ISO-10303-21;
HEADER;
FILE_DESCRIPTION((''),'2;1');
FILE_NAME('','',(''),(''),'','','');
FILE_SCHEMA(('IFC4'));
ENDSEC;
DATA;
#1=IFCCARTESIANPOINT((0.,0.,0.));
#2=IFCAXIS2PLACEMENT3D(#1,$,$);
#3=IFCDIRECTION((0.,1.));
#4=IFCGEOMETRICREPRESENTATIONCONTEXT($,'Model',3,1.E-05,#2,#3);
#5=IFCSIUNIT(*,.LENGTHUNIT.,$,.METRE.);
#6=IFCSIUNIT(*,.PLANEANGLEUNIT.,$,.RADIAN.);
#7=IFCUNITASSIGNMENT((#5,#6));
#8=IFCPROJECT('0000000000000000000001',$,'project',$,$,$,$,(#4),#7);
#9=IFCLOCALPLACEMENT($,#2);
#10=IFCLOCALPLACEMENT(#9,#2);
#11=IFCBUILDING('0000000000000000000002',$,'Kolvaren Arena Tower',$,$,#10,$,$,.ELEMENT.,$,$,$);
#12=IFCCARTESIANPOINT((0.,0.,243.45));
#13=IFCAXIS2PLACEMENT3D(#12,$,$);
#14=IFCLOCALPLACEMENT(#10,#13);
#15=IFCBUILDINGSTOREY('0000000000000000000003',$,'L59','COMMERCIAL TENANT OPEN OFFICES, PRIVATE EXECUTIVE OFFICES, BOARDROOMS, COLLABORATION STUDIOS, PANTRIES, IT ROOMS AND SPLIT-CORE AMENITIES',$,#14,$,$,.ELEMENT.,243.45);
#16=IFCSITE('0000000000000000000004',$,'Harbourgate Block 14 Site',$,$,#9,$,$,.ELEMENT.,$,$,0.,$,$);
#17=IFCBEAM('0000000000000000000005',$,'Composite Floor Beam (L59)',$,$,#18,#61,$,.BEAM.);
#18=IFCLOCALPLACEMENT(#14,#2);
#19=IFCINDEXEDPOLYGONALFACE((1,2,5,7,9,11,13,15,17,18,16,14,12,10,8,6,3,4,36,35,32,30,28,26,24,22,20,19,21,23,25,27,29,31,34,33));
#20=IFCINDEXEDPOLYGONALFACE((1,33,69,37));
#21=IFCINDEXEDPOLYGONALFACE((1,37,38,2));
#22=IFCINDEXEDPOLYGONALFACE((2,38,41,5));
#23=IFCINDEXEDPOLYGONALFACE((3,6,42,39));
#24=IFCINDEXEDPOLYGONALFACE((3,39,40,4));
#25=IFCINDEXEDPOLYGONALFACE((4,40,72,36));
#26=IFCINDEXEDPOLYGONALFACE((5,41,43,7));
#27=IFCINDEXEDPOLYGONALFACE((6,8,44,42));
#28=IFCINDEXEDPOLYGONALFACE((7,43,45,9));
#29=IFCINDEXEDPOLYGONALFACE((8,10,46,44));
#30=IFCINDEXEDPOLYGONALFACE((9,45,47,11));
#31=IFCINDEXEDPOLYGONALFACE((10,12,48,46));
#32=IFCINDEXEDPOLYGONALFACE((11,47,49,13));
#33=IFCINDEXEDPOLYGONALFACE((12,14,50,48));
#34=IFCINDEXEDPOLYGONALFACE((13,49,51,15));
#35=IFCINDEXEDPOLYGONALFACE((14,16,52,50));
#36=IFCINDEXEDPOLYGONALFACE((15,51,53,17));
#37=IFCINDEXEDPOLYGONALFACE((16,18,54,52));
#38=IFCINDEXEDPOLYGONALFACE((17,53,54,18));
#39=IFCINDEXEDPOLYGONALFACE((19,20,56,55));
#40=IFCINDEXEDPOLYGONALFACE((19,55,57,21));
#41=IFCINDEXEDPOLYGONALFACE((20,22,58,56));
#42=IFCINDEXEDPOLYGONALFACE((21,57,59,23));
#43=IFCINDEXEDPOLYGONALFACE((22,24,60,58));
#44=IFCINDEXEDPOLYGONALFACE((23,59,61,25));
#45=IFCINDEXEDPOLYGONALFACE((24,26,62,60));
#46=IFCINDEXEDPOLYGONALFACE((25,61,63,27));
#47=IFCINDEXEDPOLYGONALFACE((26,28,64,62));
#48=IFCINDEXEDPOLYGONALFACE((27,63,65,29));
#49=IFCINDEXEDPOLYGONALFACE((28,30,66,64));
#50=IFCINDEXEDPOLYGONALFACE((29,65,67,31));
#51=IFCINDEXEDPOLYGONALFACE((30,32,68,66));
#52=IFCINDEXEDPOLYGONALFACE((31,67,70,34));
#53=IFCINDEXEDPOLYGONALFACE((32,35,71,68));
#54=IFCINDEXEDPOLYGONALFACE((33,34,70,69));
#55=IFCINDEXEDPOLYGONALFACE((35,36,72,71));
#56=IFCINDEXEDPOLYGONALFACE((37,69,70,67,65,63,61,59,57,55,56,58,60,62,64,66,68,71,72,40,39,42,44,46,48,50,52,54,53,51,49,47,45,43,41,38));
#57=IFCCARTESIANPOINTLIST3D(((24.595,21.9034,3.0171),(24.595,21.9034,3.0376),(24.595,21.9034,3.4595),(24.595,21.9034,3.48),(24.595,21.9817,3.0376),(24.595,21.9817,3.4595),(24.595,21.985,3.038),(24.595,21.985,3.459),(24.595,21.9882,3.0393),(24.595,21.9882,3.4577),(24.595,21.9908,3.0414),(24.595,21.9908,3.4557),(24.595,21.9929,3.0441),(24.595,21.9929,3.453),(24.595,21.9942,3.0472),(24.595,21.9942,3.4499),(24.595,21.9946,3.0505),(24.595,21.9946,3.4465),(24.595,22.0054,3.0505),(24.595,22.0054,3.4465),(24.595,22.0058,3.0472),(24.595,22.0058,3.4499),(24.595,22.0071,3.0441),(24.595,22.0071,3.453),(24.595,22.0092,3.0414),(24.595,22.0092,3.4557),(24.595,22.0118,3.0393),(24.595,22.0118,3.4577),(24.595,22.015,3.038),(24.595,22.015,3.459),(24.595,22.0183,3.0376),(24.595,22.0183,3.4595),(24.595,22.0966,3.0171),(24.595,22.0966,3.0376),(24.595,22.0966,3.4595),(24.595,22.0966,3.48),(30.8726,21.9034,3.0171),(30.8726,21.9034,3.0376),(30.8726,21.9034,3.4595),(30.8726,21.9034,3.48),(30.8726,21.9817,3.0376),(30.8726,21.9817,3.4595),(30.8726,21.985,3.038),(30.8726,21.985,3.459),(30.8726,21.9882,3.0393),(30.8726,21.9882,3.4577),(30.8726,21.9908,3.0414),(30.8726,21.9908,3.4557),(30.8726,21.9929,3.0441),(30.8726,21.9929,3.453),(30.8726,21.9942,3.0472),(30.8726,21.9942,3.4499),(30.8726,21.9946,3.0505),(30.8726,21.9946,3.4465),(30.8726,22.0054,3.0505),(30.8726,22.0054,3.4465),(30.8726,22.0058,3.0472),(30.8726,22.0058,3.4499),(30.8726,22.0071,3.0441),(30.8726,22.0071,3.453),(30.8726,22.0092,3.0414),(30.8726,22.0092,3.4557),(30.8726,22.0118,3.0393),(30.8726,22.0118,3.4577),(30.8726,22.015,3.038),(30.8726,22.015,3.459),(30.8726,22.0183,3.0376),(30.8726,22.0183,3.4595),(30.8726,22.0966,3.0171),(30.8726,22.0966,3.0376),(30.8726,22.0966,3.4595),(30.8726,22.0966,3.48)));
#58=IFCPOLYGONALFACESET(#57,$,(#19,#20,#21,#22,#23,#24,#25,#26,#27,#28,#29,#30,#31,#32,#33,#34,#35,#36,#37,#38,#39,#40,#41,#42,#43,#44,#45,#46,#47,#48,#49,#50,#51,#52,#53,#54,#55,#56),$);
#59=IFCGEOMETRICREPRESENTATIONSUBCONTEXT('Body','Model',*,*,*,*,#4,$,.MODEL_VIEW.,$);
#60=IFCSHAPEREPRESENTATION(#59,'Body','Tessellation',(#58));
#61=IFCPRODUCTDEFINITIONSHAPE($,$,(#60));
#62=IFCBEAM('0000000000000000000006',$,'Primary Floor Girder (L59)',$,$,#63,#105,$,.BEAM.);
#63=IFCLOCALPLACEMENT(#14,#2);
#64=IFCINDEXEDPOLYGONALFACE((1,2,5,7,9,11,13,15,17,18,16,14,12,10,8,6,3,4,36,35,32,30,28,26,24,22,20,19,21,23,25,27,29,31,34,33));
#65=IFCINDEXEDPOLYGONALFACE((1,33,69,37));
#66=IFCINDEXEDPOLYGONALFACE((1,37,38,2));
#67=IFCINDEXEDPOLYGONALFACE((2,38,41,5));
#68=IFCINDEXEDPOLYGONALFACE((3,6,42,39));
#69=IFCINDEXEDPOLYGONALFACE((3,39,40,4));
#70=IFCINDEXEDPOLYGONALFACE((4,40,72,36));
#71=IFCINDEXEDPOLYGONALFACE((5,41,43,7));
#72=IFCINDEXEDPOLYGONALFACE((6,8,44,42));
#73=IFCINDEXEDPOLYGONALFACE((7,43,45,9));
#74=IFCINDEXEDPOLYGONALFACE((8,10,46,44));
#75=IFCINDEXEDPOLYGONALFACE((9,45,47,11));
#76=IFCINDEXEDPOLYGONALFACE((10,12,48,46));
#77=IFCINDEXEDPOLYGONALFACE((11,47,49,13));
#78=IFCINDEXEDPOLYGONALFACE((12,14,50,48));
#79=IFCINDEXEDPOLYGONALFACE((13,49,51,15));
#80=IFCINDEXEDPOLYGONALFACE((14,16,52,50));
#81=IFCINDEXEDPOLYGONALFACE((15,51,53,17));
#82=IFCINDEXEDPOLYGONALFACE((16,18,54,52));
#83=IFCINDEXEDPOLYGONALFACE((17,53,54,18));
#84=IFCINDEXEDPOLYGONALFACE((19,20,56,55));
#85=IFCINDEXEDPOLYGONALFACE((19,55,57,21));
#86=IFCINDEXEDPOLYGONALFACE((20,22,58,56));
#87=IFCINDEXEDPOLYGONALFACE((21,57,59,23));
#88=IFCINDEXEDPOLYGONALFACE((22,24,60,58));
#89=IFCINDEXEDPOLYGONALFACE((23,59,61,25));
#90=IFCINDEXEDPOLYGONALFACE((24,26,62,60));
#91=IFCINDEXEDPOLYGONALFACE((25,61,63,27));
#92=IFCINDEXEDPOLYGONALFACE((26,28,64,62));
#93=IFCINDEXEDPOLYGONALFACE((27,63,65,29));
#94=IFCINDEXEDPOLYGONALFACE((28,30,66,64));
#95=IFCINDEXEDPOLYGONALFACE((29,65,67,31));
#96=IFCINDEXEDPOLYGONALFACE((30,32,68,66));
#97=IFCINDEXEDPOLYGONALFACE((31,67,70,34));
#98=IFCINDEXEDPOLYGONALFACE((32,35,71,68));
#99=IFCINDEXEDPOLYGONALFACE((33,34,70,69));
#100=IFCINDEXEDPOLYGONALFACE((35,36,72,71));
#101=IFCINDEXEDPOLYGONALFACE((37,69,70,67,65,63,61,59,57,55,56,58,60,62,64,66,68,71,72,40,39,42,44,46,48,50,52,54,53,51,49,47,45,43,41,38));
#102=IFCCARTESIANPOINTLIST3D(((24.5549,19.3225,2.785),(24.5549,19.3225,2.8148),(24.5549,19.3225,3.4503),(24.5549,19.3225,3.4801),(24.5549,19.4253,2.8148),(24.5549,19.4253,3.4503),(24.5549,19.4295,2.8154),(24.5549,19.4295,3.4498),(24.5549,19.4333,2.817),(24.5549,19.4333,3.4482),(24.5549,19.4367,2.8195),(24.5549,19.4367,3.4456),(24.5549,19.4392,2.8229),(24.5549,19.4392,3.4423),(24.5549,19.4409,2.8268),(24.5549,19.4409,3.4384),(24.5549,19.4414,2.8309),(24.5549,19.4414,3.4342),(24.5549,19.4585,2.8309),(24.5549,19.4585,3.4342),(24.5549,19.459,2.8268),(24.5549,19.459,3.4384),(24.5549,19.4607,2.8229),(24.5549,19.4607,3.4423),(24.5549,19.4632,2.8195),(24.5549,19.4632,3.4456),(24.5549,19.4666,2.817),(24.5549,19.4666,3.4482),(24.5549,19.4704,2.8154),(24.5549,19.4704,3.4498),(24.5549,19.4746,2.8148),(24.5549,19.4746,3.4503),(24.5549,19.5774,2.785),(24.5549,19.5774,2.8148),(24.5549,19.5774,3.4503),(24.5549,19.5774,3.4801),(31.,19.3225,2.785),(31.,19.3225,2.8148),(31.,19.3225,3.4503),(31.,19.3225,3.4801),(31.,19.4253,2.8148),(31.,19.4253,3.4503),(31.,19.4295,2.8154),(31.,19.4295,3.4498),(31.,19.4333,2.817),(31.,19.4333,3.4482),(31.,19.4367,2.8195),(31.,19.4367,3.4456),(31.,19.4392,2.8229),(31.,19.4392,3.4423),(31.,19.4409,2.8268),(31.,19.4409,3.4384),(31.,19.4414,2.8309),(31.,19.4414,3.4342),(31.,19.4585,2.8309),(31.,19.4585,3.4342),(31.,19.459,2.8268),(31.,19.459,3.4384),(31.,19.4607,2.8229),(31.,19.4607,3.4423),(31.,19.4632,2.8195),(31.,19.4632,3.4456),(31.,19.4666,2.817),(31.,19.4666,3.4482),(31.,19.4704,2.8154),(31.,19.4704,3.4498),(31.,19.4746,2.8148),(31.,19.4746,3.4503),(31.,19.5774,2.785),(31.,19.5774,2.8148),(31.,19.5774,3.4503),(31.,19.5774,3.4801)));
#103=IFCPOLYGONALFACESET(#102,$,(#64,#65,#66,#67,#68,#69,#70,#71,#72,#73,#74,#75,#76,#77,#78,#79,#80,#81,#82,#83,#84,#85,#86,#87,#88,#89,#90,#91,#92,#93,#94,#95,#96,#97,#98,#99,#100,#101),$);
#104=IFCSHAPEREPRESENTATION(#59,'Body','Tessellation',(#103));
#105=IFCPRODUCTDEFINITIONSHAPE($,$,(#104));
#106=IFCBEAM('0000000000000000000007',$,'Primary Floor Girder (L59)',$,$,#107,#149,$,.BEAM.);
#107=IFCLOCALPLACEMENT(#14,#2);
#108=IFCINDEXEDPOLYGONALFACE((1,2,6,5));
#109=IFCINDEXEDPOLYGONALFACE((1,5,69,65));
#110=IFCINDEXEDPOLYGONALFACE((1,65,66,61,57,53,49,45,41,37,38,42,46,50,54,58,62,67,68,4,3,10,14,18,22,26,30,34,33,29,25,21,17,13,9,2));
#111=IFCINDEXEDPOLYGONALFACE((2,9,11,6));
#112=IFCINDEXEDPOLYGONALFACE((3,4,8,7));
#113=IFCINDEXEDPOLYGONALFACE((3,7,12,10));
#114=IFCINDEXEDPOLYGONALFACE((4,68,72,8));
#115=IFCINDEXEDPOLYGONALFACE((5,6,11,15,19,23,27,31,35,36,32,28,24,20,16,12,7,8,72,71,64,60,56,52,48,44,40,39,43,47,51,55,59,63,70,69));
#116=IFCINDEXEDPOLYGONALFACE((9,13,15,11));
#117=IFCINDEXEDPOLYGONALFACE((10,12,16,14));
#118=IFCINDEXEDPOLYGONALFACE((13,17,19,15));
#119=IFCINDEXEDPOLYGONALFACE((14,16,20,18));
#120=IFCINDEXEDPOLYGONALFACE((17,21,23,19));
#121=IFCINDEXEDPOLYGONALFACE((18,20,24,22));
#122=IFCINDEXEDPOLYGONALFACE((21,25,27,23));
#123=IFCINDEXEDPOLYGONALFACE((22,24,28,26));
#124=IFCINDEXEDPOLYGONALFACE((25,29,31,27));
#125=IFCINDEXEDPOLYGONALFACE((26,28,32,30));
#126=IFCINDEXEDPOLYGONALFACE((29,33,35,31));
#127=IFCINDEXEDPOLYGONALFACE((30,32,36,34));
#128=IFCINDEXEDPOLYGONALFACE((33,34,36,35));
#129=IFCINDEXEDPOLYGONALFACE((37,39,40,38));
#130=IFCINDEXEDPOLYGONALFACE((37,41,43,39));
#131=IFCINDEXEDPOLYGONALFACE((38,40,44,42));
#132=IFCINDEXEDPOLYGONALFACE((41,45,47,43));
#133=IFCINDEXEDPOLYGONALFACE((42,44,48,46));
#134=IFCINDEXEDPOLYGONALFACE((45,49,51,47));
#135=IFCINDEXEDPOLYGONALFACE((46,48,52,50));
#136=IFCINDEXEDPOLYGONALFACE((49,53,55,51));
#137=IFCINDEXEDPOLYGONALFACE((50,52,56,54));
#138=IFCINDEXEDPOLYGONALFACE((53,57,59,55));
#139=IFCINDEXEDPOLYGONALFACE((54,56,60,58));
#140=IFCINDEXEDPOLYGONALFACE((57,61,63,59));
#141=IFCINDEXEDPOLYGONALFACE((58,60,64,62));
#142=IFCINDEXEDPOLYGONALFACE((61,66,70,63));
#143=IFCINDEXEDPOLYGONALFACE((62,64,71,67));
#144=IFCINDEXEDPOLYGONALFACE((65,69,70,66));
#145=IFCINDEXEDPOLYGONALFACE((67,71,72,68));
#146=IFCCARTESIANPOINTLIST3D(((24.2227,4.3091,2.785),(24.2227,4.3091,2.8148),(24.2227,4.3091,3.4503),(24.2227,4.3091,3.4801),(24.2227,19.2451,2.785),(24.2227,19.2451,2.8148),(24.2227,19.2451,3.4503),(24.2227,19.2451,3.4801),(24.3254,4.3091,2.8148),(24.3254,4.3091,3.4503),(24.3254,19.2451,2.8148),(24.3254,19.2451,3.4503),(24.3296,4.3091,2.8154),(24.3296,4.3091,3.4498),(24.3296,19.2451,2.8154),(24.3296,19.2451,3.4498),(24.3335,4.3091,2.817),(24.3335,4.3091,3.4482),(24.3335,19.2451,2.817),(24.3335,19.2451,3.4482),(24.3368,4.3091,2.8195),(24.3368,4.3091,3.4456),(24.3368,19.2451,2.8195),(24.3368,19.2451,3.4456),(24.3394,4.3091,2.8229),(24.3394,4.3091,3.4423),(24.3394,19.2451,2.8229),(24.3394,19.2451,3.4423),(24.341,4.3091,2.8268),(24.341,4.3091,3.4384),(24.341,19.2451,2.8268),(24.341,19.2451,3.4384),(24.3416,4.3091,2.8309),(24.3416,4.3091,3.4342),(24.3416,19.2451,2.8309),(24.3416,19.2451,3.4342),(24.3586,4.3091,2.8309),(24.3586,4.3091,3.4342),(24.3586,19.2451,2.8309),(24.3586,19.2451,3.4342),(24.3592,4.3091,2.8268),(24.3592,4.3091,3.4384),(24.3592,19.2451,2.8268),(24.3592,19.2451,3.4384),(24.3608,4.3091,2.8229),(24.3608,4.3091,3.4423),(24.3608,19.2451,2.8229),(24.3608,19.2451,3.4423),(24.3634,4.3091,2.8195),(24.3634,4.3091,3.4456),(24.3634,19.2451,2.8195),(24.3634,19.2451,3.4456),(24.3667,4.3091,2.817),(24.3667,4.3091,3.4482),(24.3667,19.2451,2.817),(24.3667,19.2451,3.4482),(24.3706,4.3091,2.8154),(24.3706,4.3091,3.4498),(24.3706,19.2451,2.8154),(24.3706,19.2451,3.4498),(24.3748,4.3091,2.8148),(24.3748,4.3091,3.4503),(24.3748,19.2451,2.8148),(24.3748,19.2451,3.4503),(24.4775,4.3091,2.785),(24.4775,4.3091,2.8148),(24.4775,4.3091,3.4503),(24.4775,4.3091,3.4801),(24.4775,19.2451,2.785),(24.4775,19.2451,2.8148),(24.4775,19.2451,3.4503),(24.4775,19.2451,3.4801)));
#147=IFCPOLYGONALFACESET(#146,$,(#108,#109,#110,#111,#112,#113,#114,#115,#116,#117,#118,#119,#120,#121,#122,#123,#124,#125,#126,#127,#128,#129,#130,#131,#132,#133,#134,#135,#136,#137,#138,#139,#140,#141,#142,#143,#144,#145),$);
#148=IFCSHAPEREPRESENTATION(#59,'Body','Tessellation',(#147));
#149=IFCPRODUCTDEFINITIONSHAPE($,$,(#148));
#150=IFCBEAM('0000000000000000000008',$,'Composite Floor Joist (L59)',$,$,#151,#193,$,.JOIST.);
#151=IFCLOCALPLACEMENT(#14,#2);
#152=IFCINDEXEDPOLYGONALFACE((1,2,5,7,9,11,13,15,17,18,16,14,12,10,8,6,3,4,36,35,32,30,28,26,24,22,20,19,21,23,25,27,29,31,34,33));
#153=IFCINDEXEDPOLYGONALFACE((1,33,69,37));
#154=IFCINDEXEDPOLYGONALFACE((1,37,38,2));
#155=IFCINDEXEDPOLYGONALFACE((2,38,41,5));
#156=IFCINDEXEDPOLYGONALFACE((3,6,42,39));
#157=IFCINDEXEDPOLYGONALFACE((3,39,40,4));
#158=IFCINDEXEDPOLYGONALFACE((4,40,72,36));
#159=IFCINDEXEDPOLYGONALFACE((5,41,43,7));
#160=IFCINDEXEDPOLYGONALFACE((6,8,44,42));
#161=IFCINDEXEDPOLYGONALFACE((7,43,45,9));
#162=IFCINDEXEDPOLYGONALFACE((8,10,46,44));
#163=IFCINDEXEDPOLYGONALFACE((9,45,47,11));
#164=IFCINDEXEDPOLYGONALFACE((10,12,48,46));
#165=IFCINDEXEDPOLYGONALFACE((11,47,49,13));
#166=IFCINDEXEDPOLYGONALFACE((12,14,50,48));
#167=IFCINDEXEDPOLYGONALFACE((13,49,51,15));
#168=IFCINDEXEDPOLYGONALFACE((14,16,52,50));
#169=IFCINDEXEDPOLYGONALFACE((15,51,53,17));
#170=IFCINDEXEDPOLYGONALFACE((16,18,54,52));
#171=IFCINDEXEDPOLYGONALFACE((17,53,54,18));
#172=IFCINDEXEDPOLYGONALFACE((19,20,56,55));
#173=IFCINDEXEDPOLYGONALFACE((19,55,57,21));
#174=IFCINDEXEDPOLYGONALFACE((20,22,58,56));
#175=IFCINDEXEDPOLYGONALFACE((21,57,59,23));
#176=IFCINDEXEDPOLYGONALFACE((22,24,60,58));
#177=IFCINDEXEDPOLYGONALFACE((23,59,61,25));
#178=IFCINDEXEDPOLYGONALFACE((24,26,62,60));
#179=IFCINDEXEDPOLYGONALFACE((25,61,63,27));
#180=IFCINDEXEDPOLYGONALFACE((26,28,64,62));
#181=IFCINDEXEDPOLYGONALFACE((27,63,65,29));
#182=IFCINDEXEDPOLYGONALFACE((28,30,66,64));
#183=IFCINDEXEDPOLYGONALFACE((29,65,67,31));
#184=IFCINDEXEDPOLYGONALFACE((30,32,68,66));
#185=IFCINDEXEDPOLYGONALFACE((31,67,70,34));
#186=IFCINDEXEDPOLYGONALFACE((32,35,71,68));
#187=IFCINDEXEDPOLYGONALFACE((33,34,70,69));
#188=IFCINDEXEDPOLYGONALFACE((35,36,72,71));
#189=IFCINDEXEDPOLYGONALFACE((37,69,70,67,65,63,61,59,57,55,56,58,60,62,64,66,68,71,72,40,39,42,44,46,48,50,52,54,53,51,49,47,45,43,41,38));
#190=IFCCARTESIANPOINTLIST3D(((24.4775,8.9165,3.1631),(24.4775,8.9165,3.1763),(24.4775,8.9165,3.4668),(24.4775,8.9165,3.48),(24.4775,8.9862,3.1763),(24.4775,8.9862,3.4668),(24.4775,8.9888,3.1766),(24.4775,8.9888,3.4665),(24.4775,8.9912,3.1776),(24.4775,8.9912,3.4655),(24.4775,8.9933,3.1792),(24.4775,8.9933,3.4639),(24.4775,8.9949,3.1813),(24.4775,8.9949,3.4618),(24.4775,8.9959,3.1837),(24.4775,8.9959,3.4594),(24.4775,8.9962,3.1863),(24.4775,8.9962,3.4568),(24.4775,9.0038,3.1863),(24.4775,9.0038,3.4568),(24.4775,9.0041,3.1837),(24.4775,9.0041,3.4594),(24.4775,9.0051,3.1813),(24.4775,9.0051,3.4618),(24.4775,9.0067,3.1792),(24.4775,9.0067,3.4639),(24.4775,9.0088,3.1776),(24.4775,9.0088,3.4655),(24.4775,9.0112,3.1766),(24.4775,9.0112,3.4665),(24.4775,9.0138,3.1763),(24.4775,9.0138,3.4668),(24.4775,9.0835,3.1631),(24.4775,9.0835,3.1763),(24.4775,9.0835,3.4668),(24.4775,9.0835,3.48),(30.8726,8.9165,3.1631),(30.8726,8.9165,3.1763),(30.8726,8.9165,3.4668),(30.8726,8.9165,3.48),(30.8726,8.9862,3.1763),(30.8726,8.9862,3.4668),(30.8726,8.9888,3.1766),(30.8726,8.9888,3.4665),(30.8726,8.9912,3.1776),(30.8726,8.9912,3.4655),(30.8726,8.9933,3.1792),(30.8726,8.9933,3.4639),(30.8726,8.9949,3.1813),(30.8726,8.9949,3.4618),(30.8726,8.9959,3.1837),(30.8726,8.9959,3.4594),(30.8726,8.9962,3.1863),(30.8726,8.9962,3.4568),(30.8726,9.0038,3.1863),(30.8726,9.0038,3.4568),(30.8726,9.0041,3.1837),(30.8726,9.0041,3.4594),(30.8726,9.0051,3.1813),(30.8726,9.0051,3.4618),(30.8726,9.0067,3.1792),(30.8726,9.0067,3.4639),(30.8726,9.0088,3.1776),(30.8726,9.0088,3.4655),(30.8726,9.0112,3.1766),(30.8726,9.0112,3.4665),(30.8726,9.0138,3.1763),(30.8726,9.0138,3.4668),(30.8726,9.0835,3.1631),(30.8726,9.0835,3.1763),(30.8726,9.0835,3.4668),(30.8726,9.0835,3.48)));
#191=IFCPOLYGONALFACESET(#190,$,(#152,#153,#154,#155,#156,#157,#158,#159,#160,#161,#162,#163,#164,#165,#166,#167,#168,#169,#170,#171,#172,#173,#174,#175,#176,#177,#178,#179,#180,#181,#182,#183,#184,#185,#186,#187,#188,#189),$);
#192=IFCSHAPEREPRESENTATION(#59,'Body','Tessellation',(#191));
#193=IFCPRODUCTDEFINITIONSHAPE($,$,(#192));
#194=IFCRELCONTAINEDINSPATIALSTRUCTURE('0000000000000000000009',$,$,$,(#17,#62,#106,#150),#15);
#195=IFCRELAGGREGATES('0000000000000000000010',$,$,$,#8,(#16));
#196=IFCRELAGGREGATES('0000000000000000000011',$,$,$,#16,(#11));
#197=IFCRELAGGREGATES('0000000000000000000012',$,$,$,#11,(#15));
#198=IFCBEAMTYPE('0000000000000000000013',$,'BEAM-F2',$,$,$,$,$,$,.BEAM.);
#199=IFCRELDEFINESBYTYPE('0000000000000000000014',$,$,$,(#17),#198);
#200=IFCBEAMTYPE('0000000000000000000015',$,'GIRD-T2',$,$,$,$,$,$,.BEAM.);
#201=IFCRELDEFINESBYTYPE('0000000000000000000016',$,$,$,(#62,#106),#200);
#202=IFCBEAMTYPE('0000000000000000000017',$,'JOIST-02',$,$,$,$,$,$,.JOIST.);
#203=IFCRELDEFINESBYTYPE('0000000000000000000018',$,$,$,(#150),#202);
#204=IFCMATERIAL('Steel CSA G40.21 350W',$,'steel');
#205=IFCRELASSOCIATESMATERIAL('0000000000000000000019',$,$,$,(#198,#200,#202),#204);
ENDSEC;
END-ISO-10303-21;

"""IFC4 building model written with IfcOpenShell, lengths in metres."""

from ifc_helpers import new_model, si_unit, direction, frame, origin, origin_2d, place, context, subcontext, project, spatial, i_section, extrude, material, material_profile, profile_set, type_object, element, save


model = new_model("IFC4")

# Units and contexts
model_context = context("Model", 3, precision=1e-05, world=origin(), true_north=direction((0.0, 1.0)))
body_context = subcontext(model_context, "Body", "Model", "MODEL_VIEW")
ifc_project = project(units=[si_unit("LENGTHUNIT", "METRE"), si_unit("PLANEANGLEUNIT", "RADIAN")], contexts=[model_context])

# Site, building, storey
site_placement = place(None, origin())
site = spatial("IfcSite", under=ifc_project, at=site_placement, Name="Harbourgate Block 14 Site", CompositionType="ELEMENT", RefElevation=0.0)
building_placement = place(site_placement, origin())
building = spatial("IfcBuilding", under=site, at=building_placement, Name="Kolvaren Arena Tower", CompositionType="ELEMENT")
storey_placement = place(building_placement, frame((0.0, 0.0, 243.45)))
storey = spatial("IfcBuildingStorey", under=building, at=storey_placement, Name="L59", Description="COMMERCIAL TENANT OPEN OFFICES, PRIVATE EXECUTIVE OFFICES, BOARDROOMS, COLLABORATION STUDIOS, PANTRIES, IT ROOMS AND SPLIT-CORE AMENITIES", CompositionType="ELEMENT", Elevation=243.45)

# Beams
ifc_material_1 = material(Name="Steel CSA G40.21 350W", Category="steel")
ifc_material_profile_1 = material_profile(ifc_material_1, i_section(OverallWidth=0.1931, OverallDepth=0.4629, WebThickness=0.0107, FlangeThickness=0.0205, FilletRadius=0.0129, at=origin_2d()), Name="W460x113")
ifc_profile_set_1 = profile_set([ifc_material_profile_1], Name="Steel CSA G40.21 350W")
beam_type_1 = type_object("IfcBeamType", Name="BEAM-F2", PredefinedType="BEAM", material=ifc_profile_set_1)
beam_1_placement = place(storey_placement, frame((24.595, 22.0, 3.2485), z_axis=(1.0, 0.0, 0.0), x_axis=(0.0, 1.0, 0.0)))
element("IfcBeam", 1, at=beam_1_placement, inside=storey, type_object=beam_type_1, Name="Composite Floor Beam (L59)", PredefinedType="BEAM", context=body_context, shape_type="SweptSolid", body=[
    extrude(i_section(OverallWidth=0.1931, OverallDepth=0.4629, WebThickness=0.0107, FlangeThickness=0.0205, FilletRadius=0.0129, at=origin_2d()), origin(), (0.0, 0.0, 1.0), 6.2776),
])
ifc_material_profile_2 = material_profile(ifc_material_1, i_section(OverallWidth=0.2549, OverallDepth=0.6951, WebThickness=0.0171, FlangeThickness=0.0298, FilletRadius=0.0161, at=origin_2d()), Name="W690x217")
ifc_profile_set_2 = profile_set([ifc_material_profile_2], Name="Steel CSA G40.21 350W")
beam_type_2 = type_object("IfcBeamType", Name="GIRD-T2", PredefinedType="BEAM", material=ifc_profile_set_2)
beam_2_placement = place(storey_placement, frame((24.5549, 19.45, 3.1326), z_axis=(1.0, 0.0, 0.0), x_axis=(0.0, 1.0, 0.0)))
element("IfcBeam", 2, at=beam_2_placement, inside=storey, type_object=beam_type_2, Name="Primary Floor Girder (L59)", PredefinedType="BEAM", context=body_context, shape_type="SweptSolid", body=[
    extrude(i_section(OverallWidth=0.2549, OverallDepth=0.6951, WebThickness=0.0171, FlangeThickness=0.0298, FilletRadius=0.0161, at=origin_2d()), origin(), (0.0, 0.0, 1.0), 6.4451),
])
beam_3_placement = place(storey_placement, frame((24.3501, 4.3091, 3.1326), z_axis=(0.0, 1.0, 0.0), x_axis=(-1.0, 0.0, 0.0)))
element("IfcBeam", 3, at=beam_3_placement, inside=storey, type_object=beam_type_2, Name="Primary Floor Girder (L59)", PredefinedType="BEAM", context=body_context, shape_type="SweptSolid", body=[
    extrude(i_section(OverallWidth=0.2549, OverallDepth=0.6951, WebThickness=0.0171, FlangeThickness=0.0298, FilletRadius=0.0161, at=origin_2d()), origin(), (0.0, 0.0, 1.0), 14.936),
])
ifc_material_profile_3 = material_profile(ifc_material_1, i_section(OverallWidth=0.167, OverallDepth=0.3169, WebThickness=0.0076, FlangeThickness=0.0132, FilletRadius=0.01, at=origin_2d()), Name="W310x52")
ifc_profile_set_3 = profile_set([ifc_material_profile_3], Name="Steel CSA G40.21 350W")
beam_type_3 = type_object("IfcBeamType", Name="JOIST-02", PredefinedType="JOIST", material=ifc_profile_set_3)
for number, where, z_axis, x_axis, name in (
    (4, (24.4775, 9.0, 3.3215), (1.0, 0.0, 0.0), (0.0, 1.0, 0.0), "Composite Floor Joist (L59)"),
):
    element("IfcBeam", number, at=place(storey_placement, frame(where, z_axis=z_axis, x_axis=x_axis)), inside=storey, type_object=beam_type_3, Name=name, PredefinedType="JOIST", context=body_context, shape_type="SweptSolid", body=[
        extrude(i_section(OverallWidth=0.167, OverallDepth=0.3169, WebThickness=0.0076, FlangeThickness=0.0132, FilletRadius=0.01, at=origin_2d()), origin(), (0.0, 0.0, 1.0), 6.395),
    ])

save(model, "model.ifc")
